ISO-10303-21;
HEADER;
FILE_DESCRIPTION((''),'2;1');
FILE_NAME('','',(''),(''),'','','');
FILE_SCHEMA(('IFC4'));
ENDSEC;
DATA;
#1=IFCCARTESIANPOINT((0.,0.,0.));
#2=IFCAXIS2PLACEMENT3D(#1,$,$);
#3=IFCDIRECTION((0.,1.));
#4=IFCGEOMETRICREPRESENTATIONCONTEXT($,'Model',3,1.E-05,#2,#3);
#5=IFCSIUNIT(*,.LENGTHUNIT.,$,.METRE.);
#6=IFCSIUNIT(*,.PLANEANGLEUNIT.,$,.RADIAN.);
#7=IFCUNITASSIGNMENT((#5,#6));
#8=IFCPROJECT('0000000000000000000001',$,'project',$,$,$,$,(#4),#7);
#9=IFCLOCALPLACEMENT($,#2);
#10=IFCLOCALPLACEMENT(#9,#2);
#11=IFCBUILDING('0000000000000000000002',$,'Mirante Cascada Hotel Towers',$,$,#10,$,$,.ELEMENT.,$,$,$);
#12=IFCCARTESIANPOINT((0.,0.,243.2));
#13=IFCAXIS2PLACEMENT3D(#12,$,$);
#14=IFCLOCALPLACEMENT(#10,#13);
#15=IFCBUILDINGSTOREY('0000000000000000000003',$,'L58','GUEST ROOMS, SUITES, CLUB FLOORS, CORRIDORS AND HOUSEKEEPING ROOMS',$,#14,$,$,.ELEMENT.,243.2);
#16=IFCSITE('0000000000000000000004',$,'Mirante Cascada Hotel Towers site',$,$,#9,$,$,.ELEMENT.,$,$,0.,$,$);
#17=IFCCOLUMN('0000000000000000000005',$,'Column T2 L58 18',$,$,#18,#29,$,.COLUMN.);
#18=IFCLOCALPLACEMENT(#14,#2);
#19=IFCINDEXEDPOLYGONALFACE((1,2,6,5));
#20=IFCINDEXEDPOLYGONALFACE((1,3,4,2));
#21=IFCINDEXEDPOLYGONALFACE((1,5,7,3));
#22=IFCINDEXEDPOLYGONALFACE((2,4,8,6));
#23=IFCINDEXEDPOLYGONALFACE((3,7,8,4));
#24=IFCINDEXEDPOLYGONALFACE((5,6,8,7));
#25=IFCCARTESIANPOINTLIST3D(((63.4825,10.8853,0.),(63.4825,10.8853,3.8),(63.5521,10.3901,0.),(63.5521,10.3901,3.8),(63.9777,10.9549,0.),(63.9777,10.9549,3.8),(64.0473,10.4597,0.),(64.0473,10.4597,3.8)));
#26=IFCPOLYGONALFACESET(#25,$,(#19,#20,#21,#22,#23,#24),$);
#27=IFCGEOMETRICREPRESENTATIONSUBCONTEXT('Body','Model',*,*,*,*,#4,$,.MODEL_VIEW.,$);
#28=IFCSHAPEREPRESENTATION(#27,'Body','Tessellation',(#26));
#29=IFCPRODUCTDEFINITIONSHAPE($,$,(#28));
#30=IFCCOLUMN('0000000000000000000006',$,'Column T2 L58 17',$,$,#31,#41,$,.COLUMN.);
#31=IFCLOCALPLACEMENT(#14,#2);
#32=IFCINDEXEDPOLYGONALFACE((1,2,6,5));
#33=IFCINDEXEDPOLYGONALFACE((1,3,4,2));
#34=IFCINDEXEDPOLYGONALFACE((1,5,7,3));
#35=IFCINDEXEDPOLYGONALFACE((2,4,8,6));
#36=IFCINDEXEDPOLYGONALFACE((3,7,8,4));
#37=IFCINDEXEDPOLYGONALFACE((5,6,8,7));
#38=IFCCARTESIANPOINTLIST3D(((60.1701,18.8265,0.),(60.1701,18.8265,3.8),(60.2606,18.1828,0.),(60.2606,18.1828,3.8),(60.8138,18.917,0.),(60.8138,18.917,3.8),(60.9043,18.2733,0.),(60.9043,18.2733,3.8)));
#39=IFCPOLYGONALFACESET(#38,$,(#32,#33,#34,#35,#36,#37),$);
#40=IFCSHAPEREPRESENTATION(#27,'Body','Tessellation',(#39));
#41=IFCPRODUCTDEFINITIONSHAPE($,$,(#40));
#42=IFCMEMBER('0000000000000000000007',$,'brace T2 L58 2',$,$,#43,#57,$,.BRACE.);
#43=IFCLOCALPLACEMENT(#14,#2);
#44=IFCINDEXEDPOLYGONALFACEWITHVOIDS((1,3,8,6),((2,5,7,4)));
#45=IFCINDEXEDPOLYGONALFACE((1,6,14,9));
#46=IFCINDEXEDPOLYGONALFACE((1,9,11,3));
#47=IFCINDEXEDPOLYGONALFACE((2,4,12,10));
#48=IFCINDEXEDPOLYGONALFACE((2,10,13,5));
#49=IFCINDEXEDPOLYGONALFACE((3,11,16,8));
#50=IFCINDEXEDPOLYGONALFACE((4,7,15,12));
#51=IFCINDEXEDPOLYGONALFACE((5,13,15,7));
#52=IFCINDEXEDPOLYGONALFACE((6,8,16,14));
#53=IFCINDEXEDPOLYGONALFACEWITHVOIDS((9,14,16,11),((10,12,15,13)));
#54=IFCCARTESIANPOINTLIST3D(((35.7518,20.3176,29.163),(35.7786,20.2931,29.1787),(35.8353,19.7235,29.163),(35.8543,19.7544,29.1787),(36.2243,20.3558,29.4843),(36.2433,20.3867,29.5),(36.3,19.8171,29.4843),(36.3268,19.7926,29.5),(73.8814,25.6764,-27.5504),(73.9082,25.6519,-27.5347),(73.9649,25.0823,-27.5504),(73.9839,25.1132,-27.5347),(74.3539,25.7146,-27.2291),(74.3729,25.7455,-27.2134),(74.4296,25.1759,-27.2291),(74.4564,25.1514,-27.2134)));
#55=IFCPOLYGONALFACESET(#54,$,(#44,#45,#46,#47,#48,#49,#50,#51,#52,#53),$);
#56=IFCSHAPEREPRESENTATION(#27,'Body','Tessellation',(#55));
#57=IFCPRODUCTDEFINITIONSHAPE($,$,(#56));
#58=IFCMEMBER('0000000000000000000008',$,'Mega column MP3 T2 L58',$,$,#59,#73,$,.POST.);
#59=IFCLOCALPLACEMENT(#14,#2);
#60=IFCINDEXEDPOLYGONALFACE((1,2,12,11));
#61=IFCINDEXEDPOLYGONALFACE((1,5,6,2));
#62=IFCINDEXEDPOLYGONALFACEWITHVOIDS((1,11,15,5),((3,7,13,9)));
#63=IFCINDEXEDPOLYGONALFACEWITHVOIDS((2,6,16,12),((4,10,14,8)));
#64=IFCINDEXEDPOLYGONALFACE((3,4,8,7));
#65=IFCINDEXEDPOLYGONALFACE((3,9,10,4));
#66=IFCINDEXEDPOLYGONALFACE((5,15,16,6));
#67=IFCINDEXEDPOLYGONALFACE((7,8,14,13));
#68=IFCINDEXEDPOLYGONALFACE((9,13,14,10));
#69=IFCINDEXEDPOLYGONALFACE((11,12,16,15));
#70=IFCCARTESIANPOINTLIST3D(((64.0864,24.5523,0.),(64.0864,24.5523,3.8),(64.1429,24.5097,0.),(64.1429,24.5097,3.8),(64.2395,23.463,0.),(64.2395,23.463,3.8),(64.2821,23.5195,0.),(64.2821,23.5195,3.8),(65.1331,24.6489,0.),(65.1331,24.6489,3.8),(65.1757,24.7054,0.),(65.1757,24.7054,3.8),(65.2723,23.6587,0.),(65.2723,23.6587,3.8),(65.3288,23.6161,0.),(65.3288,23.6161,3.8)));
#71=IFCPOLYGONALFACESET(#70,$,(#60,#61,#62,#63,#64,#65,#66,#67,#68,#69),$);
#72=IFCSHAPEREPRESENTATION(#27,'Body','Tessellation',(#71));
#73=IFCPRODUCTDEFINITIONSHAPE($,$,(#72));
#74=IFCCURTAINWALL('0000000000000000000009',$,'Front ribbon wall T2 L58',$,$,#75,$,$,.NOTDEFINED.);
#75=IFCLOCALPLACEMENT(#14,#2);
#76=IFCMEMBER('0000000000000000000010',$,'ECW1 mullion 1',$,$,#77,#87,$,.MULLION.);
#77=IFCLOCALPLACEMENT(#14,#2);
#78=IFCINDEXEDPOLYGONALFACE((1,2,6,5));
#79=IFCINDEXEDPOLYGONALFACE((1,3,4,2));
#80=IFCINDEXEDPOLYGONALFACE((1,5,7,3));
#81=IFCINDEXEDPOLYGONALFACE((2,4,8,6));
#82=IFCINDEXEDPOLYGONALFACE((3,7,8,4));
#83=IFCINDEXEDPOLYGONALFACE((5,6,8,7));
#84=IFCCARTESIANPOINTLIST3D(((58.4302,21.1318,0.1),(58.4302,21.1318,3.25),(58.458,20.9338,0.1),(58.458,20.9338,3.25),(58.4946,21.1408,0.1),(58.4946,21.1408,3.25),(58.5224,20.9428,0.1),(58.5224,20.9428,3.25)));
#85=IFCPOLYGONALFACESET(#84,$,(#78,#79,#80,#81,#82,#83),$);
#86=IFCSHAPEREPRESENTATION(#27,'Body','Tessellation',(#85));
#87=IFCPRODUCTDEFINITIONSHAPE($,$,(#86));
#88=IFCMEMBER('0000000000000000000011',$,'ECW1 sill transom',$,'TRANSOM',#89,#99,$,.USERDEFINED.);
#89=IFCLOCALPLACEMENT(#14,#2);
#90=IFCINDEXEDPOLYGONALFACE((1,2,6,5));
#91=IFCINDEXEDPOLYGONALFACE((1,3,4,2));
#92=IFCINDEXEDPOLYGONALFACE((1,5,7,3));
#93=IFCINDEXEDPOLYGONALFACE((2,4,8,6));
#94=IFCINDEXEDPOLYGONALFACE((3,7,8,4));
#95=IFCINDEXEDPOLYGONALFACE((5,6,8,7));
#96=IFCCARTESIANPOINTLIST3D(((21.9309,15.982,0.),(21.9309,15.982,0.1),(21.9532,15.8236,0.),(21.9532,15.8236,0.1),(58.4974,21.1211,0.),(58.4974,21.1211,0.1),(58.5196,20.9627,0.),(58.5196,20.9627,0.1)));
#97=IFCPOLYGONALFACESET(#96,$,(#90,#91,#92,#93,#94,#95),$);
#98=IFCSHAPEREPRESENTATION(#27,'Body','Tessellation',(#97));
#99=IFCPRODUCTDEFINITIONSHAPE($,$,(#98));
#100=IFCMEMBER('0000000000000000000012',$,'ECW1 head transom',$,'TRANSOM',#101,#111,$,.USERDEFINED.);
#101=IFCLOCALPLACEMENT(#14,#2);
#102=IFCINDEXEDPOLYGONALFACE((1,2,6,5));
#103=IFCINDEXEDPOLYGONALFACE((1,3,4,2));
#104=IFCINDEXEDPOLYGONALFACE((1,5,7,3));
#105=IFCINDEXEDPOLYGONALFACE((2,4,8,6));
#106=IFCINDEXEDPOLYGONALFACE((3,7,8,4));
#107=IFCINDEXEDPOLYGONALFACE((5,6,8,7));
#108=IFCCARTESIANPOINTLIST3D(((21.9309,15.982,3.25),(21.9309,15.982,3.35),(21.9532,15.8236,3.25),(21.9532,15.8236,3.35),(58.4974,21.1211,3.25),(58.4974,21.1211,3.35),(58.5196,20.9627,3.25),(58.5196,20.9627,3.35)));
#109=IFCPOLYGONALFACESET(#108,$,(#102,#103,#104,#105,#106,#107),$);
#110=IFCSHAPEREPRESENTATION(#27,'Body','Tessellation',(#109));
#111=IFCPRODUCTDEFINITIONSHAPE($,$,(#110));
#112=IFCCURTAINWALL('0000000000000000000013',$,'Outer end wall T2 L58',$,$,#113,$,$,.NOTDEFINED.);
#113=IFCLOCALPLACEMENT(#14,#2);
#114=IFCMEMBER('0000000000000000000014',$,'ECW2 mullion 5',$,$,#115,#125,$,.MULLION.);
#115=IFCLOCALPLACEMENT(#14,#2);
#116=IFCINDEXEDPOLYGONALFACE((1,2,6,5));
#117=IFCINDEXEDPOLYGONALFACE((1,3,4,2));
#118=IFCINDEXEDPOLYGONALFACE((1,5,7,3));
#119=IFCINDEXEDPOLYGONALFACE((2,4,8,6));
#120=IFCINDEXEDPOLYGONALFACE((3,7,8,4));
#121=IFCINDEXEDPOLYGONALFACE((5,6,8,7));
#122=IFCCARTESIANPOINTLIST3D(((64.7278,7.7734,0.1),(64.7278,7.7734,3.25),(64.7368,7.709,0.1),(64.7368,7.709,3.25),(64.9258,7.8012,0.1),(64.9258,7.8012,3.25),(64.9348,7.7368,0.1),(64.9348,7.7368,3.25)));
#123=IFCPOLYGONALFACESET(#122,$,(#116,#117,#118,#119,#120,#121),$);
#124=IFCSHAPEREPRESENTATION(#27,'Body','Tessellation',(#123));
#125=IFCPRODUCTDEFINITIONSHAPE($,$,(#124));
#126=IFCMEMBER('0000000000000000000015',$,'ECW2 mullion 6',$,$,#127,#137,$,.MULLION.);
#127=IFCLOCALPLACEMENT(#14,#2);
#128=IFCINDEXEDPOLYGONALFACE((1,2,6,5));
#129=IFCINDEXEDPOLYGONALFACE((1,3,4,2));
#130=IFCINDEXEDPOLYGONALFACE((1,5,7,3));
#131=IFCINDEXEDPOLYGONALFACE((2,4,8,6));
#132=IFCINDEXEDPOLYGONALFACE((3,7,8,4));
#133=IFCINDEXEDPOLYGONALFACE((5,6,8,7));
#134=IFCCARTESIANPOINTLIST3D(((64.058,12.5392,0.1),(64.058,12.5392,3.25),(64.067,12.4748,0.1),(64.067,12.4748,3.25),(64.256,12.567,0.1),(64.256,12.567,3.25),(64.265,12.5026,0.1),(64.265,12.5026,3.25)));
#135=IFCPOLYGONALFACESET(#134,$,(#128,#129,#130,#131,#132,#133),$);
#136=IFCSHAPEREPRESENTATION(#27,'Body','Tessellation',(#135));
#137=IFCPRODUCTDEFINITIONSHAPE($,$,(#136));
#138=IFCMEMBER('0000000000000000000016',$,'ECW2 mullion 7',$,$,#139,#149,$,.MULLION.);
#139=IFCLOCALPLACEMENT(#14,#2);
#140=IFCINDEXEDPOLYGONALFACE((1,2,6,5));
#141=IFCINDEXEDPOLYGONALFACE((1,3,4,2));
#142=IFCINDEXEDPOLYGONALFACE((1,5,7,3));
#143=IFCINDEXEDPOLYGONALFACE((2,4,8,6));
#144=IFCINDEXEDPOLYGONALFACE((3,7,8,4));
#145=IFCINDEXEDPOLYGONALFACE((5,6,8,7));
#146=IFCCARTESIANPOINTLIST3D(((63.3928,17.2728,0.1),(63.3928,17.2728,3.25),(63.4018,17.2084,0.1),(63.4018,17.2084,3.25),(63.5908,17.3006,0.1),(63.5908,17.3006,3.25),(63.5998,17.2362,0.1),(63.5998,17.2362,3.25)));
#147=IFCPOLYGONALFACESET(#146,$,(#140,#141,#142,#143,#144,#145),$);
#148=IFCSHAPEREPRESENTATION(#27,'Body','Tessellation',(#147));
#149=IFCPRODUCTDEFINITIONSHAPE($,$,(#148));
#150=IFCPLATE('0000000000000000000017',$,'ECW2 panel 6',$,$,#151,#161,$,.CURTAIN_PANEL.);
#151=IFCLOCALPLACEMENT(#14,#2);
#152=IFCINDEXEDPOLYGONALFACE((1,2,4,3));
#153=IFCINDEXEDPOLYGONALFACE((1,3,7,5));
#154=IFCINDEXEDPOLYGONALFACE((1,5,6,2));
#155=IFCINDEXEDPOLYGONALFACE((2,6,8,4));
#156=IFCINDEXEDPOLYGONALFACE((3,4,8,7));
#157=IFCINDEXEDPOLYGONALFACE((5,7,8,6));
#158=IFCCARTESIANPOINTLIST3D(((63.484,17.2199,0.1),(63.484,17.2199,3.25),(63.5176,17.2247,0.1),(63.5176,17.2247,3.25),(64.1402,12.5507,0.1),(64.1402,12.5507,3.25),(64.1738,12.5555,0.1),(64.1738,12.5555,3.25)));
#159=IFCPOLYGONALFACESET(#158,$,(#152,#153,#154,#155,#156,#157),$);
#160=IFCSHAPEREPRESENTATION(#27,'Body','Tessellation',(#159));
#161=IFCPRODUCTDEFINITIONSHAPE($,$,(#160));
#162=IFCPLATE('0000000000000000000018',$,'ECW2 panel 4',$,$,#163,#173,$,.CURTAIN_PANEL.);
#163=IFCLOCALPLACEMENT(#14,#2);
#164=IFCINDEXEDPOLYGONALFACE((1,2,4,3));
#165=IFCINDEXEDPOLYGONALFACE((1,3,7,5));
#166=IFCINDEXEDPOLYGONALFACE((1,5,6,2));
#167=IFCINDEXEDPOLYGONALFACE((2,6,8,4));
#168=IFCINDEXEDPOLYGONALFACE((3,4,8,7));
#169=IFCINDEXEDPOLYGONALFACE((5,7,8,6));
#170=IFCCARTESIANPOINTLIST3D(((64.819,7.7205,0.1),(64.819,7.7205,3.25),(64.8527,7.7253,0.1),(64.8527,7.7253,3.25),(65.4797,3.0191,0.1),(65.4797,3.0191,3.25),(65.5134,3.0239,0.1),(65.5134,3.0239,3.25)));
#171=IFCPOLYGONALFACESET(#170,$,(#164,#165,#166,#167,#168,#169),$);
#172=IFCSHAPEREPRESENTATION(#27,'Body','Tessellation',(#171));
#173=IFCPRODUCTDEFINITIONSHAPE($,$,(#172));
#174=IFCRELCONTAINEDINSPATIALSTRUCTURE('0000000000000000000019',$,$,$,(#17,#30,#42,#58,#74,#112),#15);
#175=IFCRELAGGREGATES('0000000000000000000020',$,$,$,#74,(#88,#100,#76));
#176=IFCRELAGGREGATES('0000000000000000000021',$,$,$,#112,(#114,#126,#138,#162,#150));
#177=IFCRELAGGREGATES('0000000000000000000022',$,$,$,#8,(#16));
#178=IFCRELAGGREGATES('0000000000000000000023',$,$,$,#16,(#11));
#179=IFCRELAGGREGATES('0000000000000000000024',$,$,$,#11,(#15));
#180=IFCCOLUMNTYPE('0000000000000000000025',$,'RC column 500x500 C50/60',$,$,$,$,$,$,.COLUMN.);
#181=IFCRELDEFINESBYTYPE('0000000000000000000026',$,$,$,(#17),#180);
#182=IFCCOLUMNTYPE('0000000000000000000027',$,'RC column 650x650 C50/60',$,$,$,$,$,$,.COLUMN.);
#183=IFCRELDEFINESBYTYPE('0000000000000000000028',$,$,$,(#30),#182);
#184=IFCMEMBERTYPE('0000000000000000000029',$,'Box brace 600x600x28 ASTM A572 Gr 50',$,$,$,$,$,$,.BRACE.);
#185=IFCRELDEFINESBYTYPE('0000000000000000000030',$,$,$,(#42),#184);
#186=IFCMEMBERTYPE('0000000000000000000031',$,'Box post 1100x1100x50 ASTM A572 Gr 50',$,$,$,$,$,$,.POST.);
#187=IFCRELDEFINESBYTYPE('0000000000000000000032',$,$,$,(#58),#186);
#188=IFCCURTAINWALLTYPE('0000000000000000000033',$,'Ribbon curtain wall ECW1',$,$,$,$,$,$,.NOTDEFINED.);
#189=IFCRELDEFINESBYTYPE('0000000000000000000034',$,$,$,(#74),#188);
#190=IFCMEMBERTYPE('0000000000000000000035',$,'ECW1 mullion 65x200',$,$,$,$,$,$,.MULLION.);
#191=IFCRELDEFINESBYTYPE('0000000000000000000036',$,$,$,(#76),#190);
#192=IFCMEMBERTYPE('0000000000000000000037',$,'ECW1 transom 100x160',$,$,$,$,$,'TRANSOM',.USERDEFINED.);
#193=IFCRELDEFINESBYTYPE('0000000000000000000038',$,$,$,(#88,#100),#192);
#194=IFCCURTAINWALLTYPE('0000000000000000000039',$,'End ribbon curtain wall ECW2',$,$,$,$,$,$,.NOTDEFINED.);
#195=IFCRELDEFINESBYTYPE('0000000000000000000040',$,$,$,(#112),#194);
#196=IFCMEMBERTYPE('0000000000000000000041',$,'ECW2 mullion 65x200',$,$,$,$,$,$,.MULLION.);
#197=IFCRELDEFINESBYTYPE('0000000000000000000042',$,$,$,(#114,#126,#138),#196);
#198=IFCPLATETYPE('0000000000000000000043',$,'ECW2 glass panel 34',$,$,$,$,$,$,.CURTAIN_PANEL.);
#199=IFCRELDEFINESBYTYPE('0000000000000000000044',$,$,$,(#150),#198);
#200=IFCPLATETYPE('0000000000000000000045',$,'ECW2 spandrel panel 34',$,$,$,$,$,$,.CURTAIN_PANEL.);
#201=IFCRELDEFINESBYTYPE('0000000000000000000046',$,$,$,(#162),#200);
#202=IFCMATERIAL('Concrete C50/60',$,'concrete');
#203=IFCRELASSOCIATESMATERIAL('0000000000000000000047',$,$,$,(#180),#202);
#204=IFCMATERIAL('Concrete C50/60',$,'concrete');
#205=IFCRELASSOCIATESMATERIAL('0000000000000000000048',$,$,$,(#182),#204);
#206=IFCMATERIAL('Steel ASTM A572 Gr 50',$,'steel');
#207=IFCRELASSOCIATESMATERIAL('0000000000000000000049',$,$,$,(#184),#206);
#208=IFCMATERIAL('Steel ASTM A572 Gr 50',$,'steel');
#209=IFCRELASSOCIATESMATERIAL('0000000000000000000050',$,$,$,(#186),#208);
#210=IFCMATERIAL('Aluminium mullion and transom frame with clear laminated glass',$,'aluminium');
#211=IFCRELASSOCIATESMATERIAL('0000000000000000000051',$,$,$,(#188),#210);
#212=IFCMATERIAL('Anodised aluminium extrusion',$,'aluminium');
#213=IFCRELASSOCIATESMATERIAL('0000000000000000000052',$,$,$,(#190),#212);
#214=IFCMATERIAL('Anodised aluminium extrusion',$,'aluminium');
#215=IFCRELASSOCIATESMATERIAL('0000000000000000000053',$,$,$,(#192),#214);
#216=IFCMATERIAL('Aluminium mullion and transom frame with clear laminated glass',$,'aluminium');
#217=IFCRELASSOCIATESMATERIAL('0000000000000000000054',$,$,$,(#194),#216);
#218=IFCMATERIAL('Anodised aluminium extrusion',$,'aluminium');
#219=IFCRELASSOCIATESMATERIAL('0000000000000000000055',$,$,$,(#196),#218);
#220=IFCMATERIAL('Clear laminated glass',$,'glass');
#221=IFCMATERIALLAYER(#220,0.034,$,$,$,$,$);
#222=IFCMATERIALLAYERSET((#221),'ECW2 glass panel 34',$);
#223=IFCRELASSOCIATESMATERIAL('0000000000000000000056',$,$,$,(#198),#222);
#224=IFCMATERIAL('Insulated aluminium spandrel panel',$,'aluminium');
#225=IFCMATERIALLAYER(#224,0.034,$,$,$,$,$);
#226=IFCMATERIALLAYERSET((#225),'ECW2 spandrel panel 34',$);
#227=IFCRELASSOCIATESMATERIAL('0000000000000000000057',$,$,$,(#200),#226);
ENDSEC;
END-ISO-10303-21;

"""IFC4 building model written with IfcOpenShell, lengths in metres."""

from ifc_helpers import new_model, si_unit, direction, frame, origin, origin_2d, place, context, subcontext, project, spatial, rectangle, hollow_rectangle, extrude, material, layer, layer_set, material_profile, profile_set, type_object, element, aggregate, save


model = new_model("IFC4")

# Units and contexts
model_context = context("Model", 3, precision=1e-05, world=origin(), true_north=direction((0.0, 1.0)))
body_context = subcontext(model_context, "Body", "Model", "MODEL_VIEW")
ifc_project = project(units=[si_unit("LENGTHUNIT", "METRE"), si_unit("PLANEANGLEUNIT", "RADIAN")], contexts=[model_context])

# Site, building, storey
site_placement = place(None, origin())
site = spatial("IfcSite", under=ifc_project, at=site_placement, Name="Mirante Cascada Hotel Towers site", CompositionType="ELEMENT", RefElevation=0.0)
building_placement = place(site_placement, origin())
building = spatial("IfcBuilding", under=site, at=building_placement, Name="Mirante Cascada Hotel Towers", CompositionType="ELEMENT")
storey_placement = place(building_placement, frame((0.0, 0.0, 243.2)))
storey = spatial("IfcBuildingStorey", under=building, at=storey_placement, Name="L58", Description="GUEST ROOMS, SUITES, CLUB FLOORS, CORRIDORS AND HOUSEKEEPING ROOMS", CompositionType="ELEMENT", Elevation=243.2)

# Columns
ifc_material_1 = material(Name="Concrete C50/60", Category="concrete")
ifc_material_profile_1 = material_profile(ifc_material_1, rectangle(XDim=0.5, YDim=0.5, at=origin_2d()), Name="RC column 500x500 C50/60")
ifc_profile_set_1 = profile_set([ifc_material_profile_1], Name="Concrete C50/60")
column_type_1 = type_object("IfcColumnType", Name="RC column 500x500 C50/60", PredefinedType="COLUMN", material=ifc_profile_set_1)
column_1_placement = place(storey_placement, frame((63.7649, 10.6725, 0.0), z_axis=(0.0, 0.0, 1.0), x_axis=(0.990268, 0.139173, 0.0)))
element("IfcColumn", 1, at=column_1_placement, inside=storey, type_object=column_type_1, Name="Column T2 L58 18", PredefinedType="COLUMN", context=body_context, shape_type="SweptSolid", body=[
    extrude(rectangle(XDim=0.5, YDim=0.5, at=origin_2d()), origin(), (0.0, 0.0, 1.0), 3.8),
])
ifc_material_2 = material(Name="Concrete C50/60", Category="concrete")
ifc_material_profile_2 = material_profile(ifc_material_2, rectangle(XDim=0.65, YDim=0.65, at=origin_2d()), Name="RC column 650x650 C50/60")
ifc_profile_set_2 = profile_set([ifc_material_profile_2], Name="Concrete C50/60")
column_type_2 = type_object("IfcColumnType", Name="RC column 650x650 C50/60", PredefinedType="COLUMN", material=ifc_profile_set_2)
column_2_placement = place(storey_placement, frame((60.5372, 18.5499, 0.0), z_axis=(0.0, 0.0, 1.0), x_axis=(0.990268, 0.139173, 0.0)))
element("IfcColumn", 2, at=column_2_placement, inside=storey, type_object=column_type_2, Name="Column T2 L58 17", PredefinedType="COLUMN", context=body_context, shape_type="SweptSolid", body=[
    extrude(rectangle(XDim=0.65, YDim=0.65, at=origin_2d()), origin(), (0.0, 0.0, 1.0), 3.8),
])

# Members
ifc_material_3 = material(Name="Steel ASTM A572 Gr 50", Category="steel")
ifc_material_profile_3 = material_profile(ifc_material_3, hollow_rectangle(XDim=0.6, YDim=0.6, WallThickness=0.028, at=origin_2d()), Name="Box brace 600x600x28 ASTM A572 Gr 50")
ifc_profile_set_3 = profile_set([ifc_material_profile_3], Name="Steel ASTM A572 Gr 50")
member_type_1 = type_object("IfcMemberType", Name="Box brace 600x600x28 ASTM A572 Gr 50", PredefinedType="BRACE", material=ifc_profile_set_3)
member_1_placement = place(storey_placement, frame((74.1689, 25.4139, -27.3819), z_axis=(-0.556237, -0.078174, 0.827339), x_axis=(0.139174, -0.990268, 0.0)))
element("IfcMember", 3, at=member_1_placement, inside=storey, type_object=member_type_1, Name="brace T2 L58 2", PredefinedType="BRACE", context=body_context, shape_type="SweptSolid", body=[
    extrude(hollow_rectangle(XDim=0.6, YDim=0.6, WallThickness=0.028, at=origin_2d()), origin(), (0.0, 0.0, 1.0), 68.5492),
])
ifc_material_4 = material(Name="Steel ASTM A572 Gr 50", Category="steel")
ifc_material_profile_4 = material_profile(ifc_material_4, hollow_rectangle(XDim=1.1, YDim=1.1, WallThickness=0.05, at=origin_2d()), Name="Box post 1100x1100x50 ASTM A572 Gr 50")
ifc_profile_set_4 = profile_set([ifc_material_profile_4], Name="Steel ASTM A572 Gr 50")
member_type_2 = type_object("IfcMemberType", Name="Box post 1100x1100x50 ASTM A572 Gr 50", PredefinedType="POST", material=ifc_profile_set_4)
member_2_placement = place(storey_placement, frame((64.7076, 24.0842, 0.0), z_axis=(0.0, 0.0, 1.0), x_axis=(0.990268, 0.139173, 0.0)))
element("IfcMember", 4, at=member_2_placement, inside=storey, type_object=member_type_2, Name="Mega column MP3 T2 L58", PredefinedType="POST", context=body_context, shape_type="SweptSolid", body=[
    extrude(hollow_rectangle(XDim=1.1, YDim=1.1, WallThickness=0.05, at=origin_2d()), origin(), (0.0, 0.0, 1.0), 3.8),
])

# Curtain wall, members
ifc_material_5 = material(Name="Aluminium mullion and transom frame with clear laminated glass", Category="aluminium")
curtain_wall_type_1 = type_object("IfcCurtainWallType", Name="Ribbon curtain wall ECW1", PredefinedType="NOTDEFINED", material=ifc_material_5)
curtain_wall_1_placement = place(storey_placement, origin())
curtain_wall_1 = element("IfcCurtainWall", 5, at=curtain_wall_1_placement, inside=storey, type_object=curtain_wall_type_1, Name="Front ribbon wall T2 L58", PredefinedType="NOTDEFINED")
ifc_material_6 = material(Name="Anodised aluminium extrusion", Category="aluminium")
ifc_material_profile_5 = material_profile(ifc_material_6, rectangle(XDim=0.2, YDim=0.065, at=origin_2d()), Name="ECW1 MULLION 65x200")
ifc_profile_set_5 = profile_set([ifc_material_profile_5], Name="Anodised aluminium extrusion")
member_type_3 = type_object("IfcMemberType", Name="ECW1 mullion 65x200", PredefinedType="MULLION", material=ifc_profile_set_5)
member_3_placement = place(storey_placement, frame((58.4763, 21.0373, 0.1), z_axis=(0.0, 0.0, 1.0), x_axis=(0.139173, -0.990268, 0.0)))
member_3 = element("IfcMember", 6, at=member_3_placement, type_object=member_type_3, Name="ECW1 mullion 1", PredefinedType="MULLION", context=body_context, shape_type="SweptSolid", body=[
    extrude(rectangle(XDim=0.2, YDim=0.065, at=origin_2d()), origin(), (0.0, 0.0, 1.0), 3.15),
])
ifc_material_7 = material(Name="Anodised aluminium extrusion", Category="aluminium")
ifc_material_profile_6 = material_profile(ifc_material_7, rectangle(XDim=0.16, YDim=0.1, at=origin_2d()), Name="ECW1 TRANSOM 100x160")
ifc_profile_set_6 = profile_set([ifc_material_profile_6], Name="Anodised aluminium extrusion")
member_type_4 = type_object("IfcMemberType", Name="ECW1 transom 100x160", ElementType="TRANSOM", PredefinedType="USERDEFINED", material=ifc_profile_set_6)
member_4_placement = place(storey_placement, frame((58.5085, 21.0419, 0.05), z_axis=(-0.990268, -0.139174, 0.0), x_axis=(0.139174, -0.990268, 0.0)))
member_4 = element("IfcMember", 7, at=member_4_placement, type_object=member_type_4, Name="ECW1 sill transom", ObjectType="TRANSOM", PredefinedType="USERDEFINED", context=body_context, shape_type="SweptSolid", body=[
    extrude(rectangle(XDim=0.16, YDim=0.1, at=origin_2d()), origin(), (0.0, 0.0, 1.0), 36.9258),
])
member_5_placement = place(storey_placement, frame((58.5085, 21.0419, 3.3), z_axis=(-0.990268, -0.139174, 0.0), x_axis=(0.139174, -0.990268, 0.0)))
member_5 = element("IfcMember", 8, at=member_5_placement, type_object=member_type_4, Name="ECW1 head transom", ObjectType="TRANSOM", PredefinedType="USERDEFINED", context=body_context, shape_type="SweptSolid", body=[
    extrude(rectangle(XDim=0.16, YDim=0.1, at=origin_2d()), origin(), (0.0, 0.0, 1.0), 36.9258),
])
aggregate(curtain_wall_1, [member_4, member_5, member_3])

# Curtain wall, members, plates
ifc_material_8 = material(Name="Aluminium mullion and transom frame with clear laminated glass", Category="aluminium")
curtain_wall_type_2 = type_object("IfcCurtainWallType", Name="End ribbon curtain wall ECW2", PredefinedType="NOTDEFINED", material=ifc_material_8)
curtain_wall_2_placement = place(storey_placement, origin())
curtain_wall_2 = element("IfcCurtainWall", 9, at=curtain_wall_2_placement, inside=storey, type_object=curtain_wall_type_2, Name="Outer end wall T2 L58", PredefinedType="NOTDEFINED")
ifc_material_9 = material(Name="Anodised aluminium extrusion", Category="aluminium")
ifc_material_profile_7 = material_profile(ifc_material_9, rectangle(XDim=0.2, YDim=0.065, at=origin_2d()), Name="ECW2 MULLION 65x200")
ifc_profile_set_7 = profile_set([ifc_material_profile_7], Name="Anodised aluminium extrusion")
member_type_5 = type_object("IfcMemberType", Name="ECW2 mullion 65x200", PredefinedType="MULLION", material=ifc_profile_set_7)
member_6_placement = place(storey_placement, frame((64.8313, 7.7551, 0.1), z_axis=(0.0, 0.0, 1.0), x_axis=(-0.990268, -0.139173, 0.0)))
member_6 = element("IfcMember", 10, at=member_6_placement, type_object=member_type_5, Name="ECW2 mullion 5", PredefinedType="MULLION", context=body_context, shape_type="SweptSolid", body=[
    extrude(rectangle(XDim=0.2, YDim=0.065, at=origin_2d()), origin(), (0.0, 0.0, 1.0), 3.15),
])
member_7_placement = place(storey_placement, frame((64.1615, 12.5209, 0.1), z_axis=(0.0, 0.0, 1.0), x_axis=(-0.990268, -0.139173, 0.0)))
member_7 = element("IfcMember", 11, at=member_7_placement, type_object=member_type_5, Name="ECW2 mullion 6", PredefinedType="MULLION", context=body_context, shape_type="SweptSolid", body=[
    extrude(rectangle(XDim=0.2, YDim=0.065, at=origin_2d()), origin(), (0.0, 0.0, 1.0), 3.15),
])
member_8_placement = place(storey_placement, frame((63.4963, 17.2545, 0.1), z_axis=(0.0, 0.0, 1.0), x_axis=(-0.990268, -0.139173, 0.0)))
member_8 = element("IfcMember", 12, at=member_8_placement, type_object=member_type_5, Name="ECW2 mullion 7", PredefinedType="MULLION", context=body_context, shape_type="SweptSolid", body=[
    extrude(rectangle(XDim=0.2, YDim=0.065, at=origin_2d()), origin(), (0.0, 0.0, 1.0), 3.15),
])
ifc_material_10 = material(Name="Clear laminated glass", Category="glass")
ifc_layer_1 = layer(ifc_material_10, 0.034)
ifc_layer_set_1 = layer_set([ifc_layer_1], Name="ECW2 glass panel 34")
plate_type_1 = type_object("IfcPlateType", Name="ECW2 glass panel 34", PredefinedType="CURTAIN_PANEL", material=ifc_layer_set_1)
plate_1_placement = place(storey_placement, frame((63.8289, 14.8877, 0.1), z_axis=(0.0, 0.0, 1.0), x_axis=(-0.139173, 0.990268, 0.0)))
plate_1 = element("IfcPlate", 13, at=plate_1_placement, type_object=plate_type_1, Name="ECW2 panel 6", PredefinedType="CURTAIN_PANEL", context=body_context, shape_type="SweptSolid", body=[
    extrude(rectangle(XDim=4.7151, YDim=0.034, at=origin_2d()), origin(), (0.0, 0.0, 1.0), 3.15),
])
ifc_material_11 = material(Name="Insulated aluminium spandrel panel", Category="aluminium")
ifc_layer_2 = layer(ifc_material_11, 0.034)
ifc_layer_set_2 = layer_set([ifc_layer_2], Name="ECW2 spandrel panel 34")
plate_type_2 = type_object("IfcPlateType", Name="ECW2 spandrel panel 34", PredefinedType="CURTAIN_PANEL", material=ifc_layer_set_2)
plate_2_placement = place(storey_placement, frame((65.1662, 5.3722, 0.1), z_axis=(0.0, 0.0, 1.0), x_axis=(-0.139173, 0.990268, 0.0)))
plate_2 = element("IfcPlate", 14, at=plate_2_placement, type_object=plate_type_2, Name="ECW2 panel 4", PredefinedType="CURTAIN_PANEL", context=body_context, shape_type="SweptSolid", body=[
    extrude(rectangle(XDim=4.7476, YDim=0.034, at=origin_2d()), origin(), (0.0, 0.0, 1.0), 3.15),
])
aggregate(curtain_wall_2, [member_6, member_7, member_8, plate_2, plate_1])

save(model, "model.ifc")
